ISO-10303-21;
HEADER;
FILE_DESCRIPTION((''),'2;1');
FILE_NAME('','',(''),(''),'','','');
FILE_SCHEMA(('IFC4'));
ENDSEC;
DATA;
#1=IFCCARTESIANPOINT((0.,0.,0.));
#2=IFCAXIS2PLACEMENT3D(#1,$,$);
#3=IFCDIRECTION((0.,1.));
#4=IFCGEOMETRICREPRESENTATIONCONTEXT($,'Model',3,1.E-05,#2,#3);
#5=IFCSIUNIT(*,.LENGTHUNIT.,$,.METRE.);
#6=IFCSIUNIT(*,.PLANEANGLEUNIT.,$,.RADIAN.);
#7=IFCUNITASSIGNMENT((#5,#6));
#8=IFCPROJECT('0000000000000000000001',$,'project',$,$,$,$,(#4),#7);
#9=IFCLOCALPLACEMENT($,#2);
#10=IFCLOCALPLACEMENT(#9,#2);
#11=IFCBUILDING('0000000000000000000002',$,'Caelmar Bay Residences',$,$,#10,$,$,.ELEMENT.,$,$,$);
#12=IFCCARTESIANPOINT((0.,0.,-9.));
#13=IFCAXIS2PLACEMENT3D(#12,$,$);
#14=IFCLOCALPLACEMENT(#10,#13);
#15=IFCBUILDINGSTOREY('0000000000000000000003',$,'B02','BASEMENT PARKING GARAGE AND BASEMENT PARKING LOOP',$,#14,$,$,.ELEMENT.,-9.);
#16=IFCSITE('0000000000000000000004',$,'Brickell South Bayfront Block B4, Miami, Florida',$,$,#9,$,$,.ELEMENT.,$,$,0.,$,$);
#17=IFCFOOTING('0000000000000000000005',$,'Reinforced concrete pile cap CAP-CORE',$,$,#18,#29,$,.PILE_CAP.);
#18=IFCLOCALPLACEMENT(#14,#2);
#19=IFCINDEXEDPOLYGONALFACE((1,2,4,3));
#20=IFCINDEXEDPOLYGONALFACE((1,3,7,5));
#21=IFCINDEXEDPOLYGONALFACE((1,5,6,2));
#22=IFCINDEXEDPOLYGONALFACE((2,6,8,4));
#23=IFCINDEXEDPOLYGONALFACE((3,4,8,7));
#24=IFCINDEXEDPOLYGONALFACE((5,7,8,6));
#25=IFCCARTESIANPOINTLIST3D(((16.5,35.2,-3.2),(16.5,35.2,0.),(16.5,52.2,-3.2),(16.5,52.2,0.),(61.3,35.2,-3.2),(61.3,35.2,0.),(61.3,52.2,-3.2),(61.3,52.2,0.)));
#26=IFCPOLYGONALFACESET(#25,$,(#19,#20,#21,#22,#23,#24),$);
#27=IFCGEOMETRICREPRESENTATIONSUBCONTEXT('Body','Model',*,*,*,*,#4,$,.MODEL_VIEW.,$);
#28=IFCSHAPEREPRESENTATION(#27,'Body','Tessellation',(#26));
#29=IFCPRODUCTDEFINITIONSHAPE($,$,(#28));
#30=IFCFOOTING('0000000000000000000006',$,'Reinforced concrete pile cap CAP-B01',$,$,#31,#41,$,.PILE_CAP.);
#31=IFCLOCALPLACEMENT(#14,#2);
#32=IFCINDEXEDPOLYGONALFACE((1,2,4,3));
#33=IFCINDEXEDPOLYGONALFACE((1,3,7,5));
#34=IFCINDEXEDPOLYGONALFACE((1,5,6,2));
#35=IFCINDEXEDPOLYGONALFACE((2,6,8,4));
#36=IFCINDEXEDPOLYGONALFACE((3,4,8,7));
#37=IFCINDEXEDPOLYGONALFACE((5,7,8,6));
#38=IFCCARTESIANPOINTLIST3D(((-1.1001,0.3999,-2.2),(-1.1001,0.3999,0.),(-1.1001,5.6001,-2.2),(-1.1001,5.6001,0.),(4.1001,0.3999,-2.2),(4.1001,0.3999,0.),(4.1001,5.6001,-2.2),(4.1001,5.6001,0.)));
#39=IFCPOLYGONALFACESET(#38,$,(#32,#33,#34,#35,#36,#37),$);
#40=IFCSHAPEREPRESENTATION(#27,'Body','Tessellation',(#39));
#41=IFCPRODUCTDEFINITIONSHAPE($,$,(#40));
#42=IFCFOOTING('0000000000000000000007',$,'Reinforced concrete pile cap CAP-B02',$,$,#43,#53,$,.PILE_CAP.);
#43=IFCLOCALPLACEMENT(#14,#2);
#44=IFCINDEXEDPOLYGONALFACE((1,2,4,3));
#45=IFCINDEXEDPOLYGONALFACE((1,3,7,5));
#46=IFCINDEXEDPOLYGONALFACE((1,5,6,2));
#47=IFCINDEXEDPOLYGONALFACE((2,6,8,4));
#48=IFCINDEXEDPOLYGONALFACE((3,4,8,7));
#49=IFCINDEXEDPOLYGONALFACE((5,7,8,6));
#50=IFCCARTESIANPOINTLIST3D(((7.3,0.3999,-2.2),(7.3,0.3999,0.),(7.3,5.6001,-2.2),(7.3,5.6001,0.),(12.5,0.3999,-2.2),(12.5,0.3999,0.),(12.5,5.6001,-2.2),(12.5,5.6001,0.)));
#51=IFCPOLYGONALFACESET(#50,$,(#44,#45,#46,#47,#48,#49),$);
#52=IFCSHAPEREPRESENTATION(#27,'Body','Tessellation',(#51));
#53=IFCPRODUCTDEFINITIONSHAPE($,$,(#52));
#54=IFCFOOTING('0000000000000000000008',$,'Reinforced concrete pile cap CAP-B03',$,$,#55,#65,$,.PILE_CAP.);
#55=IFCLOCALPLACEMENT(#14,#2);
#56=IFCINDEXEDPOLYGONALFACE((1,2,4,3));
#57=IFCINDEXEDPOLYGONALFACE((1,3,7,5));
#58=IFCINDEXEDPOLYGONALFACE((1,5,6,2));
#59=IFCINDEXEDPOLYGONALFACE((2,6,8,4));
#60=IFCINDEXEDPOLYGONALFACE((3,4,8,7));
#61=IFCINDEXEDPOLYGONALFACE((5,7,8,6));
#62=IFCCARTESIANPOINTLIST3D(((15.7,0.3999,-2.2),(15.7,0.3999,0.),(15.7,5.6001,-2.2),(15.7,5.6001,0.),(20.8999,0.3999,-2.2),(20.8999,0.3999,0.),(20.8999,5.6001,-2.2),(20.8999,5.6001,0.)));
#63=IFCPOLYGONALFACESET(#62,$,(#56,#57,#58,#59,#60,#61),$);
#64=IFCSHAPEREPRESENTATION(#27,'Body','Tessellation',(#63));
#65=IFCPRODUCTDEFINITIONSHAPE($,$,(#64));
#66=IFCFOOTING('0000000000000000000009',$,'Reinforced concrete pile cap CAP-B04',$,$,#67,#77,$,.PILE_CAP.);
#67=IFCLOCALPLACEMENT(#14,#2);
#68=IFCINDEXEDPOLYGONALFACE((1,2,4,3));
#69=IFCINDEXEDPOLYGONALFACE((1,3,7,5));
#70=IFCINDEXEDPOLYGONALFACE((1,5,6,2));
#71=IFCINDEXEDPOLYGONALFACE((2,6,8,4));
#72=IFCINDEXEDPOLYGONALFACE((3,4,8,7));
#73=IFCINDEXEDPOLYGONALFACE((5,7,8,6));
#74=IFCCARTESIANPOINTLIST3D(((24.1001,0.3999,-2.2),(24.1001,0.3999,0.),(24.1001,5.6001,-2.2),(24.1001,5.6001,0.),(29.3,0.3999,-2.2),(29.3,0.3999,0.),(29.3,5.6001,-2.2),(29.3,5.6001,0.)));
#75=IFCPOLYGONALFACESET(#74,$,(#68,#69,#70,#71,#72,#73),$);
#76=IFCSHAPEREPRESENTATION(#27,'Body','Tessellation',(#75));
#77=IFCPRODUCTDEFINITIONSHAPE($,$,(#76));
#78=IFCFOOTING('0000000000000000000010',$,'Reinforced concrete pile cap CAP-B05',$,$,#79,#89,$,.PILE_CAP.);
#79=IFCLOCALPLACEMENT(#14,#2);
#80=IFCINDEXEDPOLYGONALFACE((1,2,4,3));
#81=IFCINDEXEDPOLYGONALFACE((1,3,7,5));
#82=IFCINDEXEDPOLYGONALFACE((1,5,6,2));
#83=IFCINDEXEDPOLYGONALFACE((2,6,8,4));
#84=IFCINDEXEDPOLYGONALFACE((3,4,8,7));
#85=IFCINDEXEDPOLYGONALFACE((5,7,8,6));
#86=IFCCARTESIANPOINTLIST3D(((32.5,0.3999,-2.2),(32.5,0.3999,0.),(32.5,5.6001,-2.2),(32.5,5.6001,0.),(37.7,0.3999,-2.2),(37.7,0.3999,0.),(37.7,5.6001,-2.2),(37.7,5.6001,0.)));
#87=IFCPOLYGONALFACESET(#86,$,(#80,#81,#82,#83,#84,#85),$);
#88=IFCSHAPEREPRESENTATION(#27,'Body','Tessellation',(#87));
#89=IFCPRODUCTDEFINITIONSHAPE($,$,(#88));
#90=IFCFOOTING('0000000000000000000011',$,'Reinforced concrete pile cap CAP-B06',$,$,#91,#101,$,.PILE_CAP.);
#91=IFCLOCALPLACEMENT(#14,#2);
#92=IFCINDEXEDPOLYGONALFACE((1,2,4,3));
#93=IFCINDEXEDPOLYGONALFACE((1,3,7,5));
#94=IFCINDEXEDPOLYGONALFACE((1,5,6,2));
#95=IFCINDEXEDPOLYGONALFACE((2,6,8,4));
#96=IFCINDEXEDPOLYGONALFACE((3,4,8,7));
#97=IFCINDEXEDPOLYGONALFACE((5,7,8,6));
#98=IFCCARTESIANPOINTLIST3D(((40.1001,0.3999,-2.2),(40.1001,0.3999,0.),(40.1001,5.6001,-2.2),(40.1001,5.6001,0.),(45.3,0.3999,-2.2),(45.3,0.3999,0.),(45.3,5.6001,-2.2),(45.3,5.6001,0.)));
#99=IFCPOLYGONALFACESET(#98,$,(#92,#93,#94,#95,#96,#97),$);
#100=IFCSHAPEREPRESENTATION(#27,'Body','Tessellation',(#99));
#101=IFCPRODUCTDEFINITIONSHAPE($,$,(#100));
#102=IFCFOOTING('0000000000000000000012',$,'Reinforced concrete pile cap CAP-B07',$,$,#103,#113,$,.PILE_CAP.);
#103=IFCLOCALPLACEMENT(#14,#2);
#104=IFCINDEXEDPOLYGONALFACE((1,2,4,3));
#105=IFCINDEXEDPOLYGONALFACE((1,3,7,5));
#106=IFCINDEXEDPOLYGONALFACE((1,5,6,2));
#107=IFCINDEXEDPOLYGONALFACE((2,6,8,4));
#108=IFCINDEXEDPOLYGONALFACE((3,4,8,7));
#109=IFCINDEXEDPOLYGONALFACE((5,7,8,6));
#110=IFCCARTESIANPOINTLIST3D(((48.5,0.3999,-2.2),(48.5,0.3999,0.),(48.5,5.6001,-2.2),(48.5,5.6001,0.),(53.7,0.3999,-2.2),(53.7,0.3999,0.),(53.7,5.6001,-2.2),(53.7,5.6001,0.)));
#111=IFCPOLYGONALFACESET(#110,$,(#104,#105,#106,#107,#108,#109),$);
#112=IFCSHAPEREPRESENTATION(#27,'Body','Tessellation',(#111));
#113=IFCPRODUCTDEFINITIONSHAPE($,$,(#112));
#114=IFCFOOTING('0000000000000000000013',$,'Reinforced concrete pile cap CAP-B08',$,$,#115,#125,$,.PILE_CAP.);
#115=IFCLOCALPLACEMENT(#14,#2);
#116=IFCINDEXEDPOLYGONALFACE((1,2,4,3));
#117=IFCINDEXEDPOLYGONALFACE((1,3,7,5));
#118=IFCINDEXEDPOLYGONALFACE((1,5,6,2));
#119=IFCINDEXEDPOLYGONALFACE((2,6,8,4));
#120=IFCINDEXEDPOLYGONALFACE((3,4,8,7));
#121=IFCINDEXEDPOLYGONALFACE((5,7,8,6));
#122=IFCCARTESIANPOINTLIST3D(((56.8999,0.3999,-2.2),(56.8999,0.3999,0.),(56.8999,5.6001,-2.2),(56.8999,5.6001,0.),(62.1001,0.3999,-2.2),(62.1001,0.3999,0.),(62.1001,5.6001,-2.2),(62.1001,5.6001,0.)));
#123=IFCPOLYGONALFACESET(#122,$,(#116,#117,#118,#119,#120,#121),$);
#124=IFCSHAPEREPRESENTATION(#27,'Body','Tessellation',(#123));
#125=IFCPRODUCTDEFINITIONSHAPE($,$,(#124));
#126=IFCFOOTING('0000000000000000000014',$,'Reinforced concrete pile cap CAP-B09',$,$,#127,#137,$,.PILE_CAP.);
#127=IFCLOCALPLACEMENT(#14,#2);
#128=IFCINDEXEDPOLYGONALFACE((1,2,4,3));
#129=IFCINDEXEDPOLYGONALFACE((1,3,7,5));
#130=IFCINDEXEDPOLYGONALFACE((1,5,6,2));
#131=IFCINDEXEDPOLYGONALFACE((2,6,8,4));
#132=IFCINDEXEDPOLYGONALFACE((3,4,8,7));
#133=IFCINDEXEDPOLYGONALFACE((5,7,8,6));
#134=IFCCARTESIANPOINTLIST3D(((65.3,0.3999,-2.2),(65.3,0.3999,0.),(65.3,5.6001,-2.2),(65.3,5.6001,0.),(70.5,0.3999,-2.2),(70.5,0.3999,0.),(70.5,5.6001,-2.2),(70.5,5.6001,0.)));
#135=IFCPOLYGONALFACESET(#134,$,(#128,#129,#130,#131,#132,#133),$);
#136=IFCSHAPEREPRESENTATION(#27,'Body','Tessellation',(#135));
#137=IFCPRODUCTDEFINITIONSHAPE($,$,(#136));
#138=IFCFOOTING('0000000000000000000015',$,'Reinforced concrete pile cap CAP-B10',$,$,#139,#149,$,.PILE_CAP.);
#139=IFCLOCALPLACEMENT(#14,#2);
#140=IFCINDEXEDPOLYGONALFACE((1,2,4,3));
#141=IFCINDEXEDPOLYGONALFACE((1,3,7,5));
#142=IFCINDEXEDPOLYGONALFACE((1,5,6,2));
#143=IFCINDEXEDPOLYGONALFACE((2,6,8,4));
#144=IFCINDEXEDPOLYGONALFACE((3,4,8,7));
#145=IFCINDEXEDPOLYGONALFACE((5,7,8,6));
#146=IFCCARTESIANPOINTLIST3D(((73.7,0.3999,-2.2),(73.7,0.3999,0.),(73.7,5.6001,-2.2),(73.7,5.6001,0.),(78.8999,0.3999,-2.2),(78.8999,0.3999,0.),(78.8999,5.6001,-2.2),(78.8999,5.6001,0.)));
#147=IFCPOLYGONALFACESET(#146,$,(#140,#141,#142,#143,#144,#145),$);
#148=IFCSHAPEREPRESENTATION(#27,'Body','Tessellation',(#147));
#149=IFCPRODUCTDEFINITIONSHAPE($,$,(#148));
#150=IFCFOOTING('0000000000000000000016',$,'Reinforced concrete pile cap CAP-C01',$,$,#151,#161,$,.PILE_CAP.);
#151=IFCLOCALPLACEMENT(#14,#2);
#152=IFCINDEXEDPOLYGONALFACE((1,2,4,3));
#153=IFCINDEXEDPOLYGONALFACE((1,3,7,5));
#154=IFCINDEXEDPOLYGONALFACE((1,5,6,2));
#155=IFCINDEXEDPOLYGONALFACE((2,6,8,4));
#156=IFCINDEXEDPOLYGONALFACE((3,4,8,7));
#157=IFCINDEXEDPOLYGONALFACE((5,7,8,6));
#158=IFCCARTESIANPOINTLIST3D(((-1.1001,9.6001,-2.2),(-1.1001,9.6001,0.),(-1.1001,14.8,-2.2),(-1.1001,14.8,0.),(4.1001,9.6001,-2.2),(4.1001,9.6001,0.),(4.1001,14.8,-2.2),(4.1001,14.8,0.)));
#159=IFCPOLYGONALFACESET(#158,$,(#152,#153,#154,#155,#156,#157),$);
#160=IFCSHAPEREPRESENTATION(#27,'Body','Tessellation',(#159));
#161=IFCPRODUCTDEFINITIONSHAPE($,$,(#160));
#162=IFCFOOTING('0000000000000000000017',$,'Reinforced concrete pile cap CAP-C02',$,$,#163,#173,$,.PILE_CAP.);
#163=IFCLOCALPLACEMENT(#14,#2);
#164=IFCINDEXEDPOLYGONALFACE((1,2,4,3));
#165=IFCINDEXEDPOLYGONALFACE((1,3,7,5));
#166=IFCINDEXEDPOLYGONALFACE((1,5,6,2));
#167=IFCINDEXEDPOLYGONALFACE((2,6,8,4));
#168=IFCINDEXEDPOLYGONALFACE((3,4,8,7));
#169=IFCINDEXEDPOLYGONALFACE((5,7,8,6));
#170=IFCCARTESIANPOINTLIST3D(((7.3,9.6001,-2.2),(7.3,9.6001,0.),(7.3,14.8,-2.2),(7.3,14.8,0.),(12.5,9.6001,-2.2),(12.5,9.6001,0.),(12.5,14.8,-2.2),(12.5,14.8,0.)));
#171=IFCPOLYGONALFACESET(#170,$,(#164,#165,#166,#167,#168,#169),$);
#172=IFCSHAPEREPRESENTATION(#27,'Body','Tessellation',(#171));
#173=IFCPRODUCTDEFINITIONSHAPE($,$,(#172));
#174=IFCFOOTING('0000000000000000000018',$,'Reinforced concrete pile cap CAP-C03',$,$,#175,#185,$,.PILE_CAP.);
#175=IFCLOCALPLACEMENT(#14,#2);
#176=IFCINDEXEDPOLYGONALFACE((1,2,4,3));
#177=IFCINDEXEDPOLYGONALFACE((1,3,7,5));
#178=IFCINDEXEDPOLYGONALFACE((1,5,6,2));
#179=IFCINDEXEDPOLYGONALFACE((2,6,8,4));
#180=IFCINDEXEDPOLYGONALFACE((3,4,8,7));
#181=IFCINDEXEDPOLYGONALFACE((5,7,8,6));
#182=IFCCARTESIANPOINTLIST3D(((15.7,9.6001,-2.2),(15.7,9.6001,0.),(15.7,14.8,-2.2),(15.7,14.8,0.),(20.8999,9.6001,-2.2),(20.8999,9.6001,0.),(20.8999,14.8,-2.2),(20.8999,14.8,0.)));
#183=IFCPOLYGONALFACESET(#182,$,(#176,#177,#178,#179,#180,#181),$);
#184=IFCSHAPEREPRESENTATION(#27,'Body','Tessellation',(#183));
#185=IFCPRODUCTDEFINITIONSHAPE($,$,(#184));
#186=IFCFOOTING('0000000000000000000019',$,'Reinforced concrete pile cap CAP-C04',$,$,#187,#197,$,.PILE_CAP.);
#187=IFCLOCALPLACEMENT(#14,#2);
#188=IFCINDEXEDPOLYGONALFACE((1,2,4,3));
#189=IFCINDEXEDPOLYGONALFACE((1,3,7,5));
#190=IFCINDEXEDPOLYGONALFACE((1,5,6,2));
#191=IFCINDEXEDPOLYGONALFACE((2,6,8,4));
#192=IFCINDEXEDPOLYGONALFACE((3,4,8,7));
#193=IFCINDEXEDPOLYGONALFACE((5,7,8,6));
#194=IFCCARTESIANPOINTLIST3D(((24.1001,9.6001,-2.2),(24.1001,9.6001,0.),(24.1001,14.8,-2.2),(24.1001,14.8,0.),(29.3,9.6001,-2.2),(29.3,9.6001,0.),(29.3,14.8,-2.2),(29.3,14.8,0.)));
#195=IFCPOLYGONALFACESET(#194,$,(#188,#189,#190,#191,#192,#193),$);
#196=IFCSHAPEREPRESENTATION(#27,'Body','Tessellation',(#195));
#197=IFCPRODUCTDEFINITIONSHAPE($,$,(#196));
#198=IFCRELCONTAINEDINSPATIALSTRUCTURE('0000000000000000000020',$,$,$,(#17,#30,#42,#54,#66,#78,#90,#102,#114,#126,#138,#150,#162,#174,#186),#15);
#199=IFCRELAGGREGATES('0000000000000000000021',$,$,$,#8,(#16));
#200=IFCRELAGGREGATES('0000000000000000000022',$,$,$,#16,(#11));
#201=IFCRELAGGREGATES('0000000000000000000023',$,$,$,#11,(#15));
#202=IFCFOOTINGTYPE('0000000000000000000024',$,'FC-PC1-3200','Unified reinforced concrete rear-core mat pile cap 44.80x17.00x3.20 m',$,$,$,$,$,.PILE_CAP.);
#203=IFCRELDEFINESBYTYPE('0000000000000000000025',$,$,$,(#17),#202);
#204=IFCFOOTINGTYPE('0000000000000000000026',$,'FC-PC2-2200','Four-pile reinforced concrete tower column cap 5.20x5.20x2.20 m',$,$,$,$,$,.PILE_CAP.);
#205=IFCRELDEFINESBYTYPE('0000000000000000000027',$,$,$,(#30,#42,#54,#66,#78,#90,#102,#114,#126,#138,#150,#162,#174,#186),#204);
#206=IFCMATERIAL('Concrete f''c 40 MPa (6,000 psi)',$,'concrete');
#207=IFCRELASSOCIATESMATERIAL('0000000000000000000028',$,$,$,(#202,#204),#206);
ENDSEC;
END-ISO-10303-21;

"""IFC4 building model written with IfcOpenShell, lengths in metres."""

from ifc_helpers import new_model, si_unit, direction, frame, origin, place, context, subcontext, project, spatial, polyline, outline, extrude, material, type_object, element, save


model = new_model("IFC4")

# Units and contexts
model_context = context("Model", 3, precision=1e-05, world=origin(), true_north=direction((0.0, 1.0)))
body_context = subcontext(model_context, "Body", "Model", "MODEL_VIEW")
ifc_project = project(units=[si_unit("LENGTHUNIT", "METRE"), si_unit("PLANEANGLEUNIT", "RADIAN")], contexts=[model_context])

# Site, building, storey
site_placement = place(None, origin())
site = spatial("IfcSite", under=ifc_project, at=site_placement, Name="Brickell South Bayfront Block B4, Miami, Florida", CompositionType="ELEMENT", RefElevation=0.0)
building_placement = place(site_placement, origin())
building = spatial("IfcBuilding", under=site, at=building_placement, Name="Caelmar Bay Residences", CompositionType="ELEMENT")
storey_placement = place(building_placement, frame((0.0, 0.0, -9.0)))
storey = spatial("IfcBuildingStorey", under=building, at=storey_placement, Name="B02", Description="BASEMENT PARKING GARAGE AND BASEMENT PARKING LOOP", CompositionType="ELEMENT", Elevation=-9.0)

# Footings
ifc_material = material(Name="Concrete f'c 40 MPa (6,000 psi)", Category="concrete")
footing_type_1 = type_object("IfcFootingType", Name="FC-PC1-3200", Description="Unified reinforced concrete rear-core mat pile cap 44.80x17.00x3.20 m", PredefinedType="PILE_CAP", material=ifc_material)
footing_1_placement = place(storey_placement, frame((0.0, 0.0, -3.2)))
element("IfcFooting", 1, at=footing_1_placement, inside=storey, type_object=footing_type_1, Name="Reinforced concrete pile cap CAP-CORE", PredefinedType="PILE_CAP", context=body_context, shape_type="SweptSolid", body=[
    extrude(outline(polyline([(16.5, 35.2), (61.3, 35.2), (61.3, 52.2), (16.5, 52.2), (16.5, 35.2)])), origin(), (0.0, 0.0, 1.0), 3.2),
])
footing_type_2 = type_object("IfcFootingType", Name="FC-PC2-2200", Description="Four-pile reinforced concrete tower column cap 5.20x5.20x2.20 m", PredefinedType="PILE_CAP", material=ifc_material)
footing_2_placement = place(storey_placement, frame((0.0, 0.0, -2.2)))
element("IfcFooting", 2, at=footing_2_placement, inside=storey, type_object=footing_type_2, Name="Reinforced concrete pile cap CAP-B01", PredefinedType="PILE_CAP", context=body_context, shape_type="SweptSolid", body=[
    extrude(outline(polyline([(-1.1001, 0.3999), (4.1001, 0.3999), (4.1001, 5.6001), (-1.1001, 5.6001), (-1.1001, 0.3999)])), origin(), (0.0, 0.0, 1.0), 2.2),
])
footing_3_placement = place(storey_placement, frame((0.0, 0.0, -2.2)))
element("IfcFooting", 3, at=footing_3_placement, inside=storey, type_object=footing_type_2, Name="Reinforced concrete pile cap CAP-B02", PredefinedType="PILE_CAP", context=body_context, shape_type="SweptSolid", body=[
    extrude(outline(polyline([(7.3, 0.3999), (12.5, 0.3999), (12.5, 5.6001), (7.3, 5.6001), (7.3, 0.3999)])), origin(), (0.0, 0.0, 1.0), 2.2),
])
footing_4_placement = place(storey_placement, frame((0.0, 0.0, -2.2)))
element("IfcFooting", 4, at=footing_4_placement, inside=storey, type_object=footing_type_2, Name="Reinforced concrete pile cap CAP-B03", PredefinedType="PILE_CAP", context=body_context, shape_type="SweptSolid", body=[
    extrude(outline(polyline([(15.7, 0.3999), (20.8999, 0.3999), (20.8999, 5.6001), (15.7, 5.6001), (15.7, 0.3999)])), origin(), (0.0, 0.0, 1.0), 2.2),
])
footing_5_placement = place(storey_placement, frame((0.0, 0.0, -2.2)))
element("IfcFooting", 5, at=footing_5_placement, inside=storey, type_object=footing_type_2, Name="Reinforced concrete pile cap CAP-B04", PredefinedType="PILE_CAP", context=body_context, shape_type="SweptSolid", body=[
    extrude(outline(polyline([(24.1001, 0.3999), (29.3, 0.3999), (29.3, 5.6001), (24.1001, 5.6001), (24.1001, 0.3999)])), origin(), (0.0, 0.0, 1.0), 2.2),
])
footing_6_placement = place(storey_placement, frame((0.0, 0.0, -2.2)))
element("IfcFooting", 6, at=footing_6_placement, inside=storey, type_object=footing_type_2, Name="Reinforced concrete pile cap CAP-B05", PredefinedType="PILE_CAP", context=body_context, shape_type="SweptSolid", body=[
    extrude(outline(polyline([(32.5, 0.3999), (37.7, 0.3999), (37.7, 5.6001), (32.5, 5.6001), (32.5, 0.3999)])), origin(), (0.0, 0.0, 1.0), 2.2),
])
footing_7_placement = place(storey_placement, frame((0.0, 0.0, -2.2)))
element("IfcFooting", 7, at=footing_7_placement, inside=storey, type_object=footing_type_2, Name="Reinforced concrete pile cap CAP-B06", PredefinedType="PILE_CAP", context=body_context, shape_type="SweptSolid", body=[
    extrude(outline(polyline([(40.1001, 0.3999), (45.3, 0.3999), (45.3, 5.6001), (40.1001, 5.6001), (40.1001, 0.3999)])), origin(), (0.0, 0.0, 1.0), 2.2),
])
footing_8_placement = place(storey_placement, frame((0.0, 0.0, -2.2)))
element("IfcFooting", 8, at=footing_8_placement, inside=storey, type_object=footing_type_2, Name="Reinforced concrete pile cap CAP-B07", PredefinedType="PILE_CAP", context=body_context, shape_type="SweptSolid", body=[
    extrude(outline(polyline([(48.5, 0.3999), (53.7, 0.3999), (53.7, 5.6001), (48.5, 5.6001), (48.5, 0.3999)])), origin(), (0.0, 0.0, 1.0), 2.2),
])
footing_9_placement = place(storey_placement, frame((0.0, 0.0, -2.2)))
element("IfcFooting", 9, at=footing_9_placement, inside=storey, type_object=footing_type_2, Name="Reinforced concrete pile cap CAP-B08", PredefinedType="PILE_CAP", context=body_context, shape_type="SweptSolid", body=[
    extrude(outline(polyline([(56.8999, 0.3999), (62.1001, 0.3999), (62.1001, 5.6001), (56.8999, 5.6001), (56.8999, 0.3999)])), origin(), (0.0, 0.0, 1.0), 2.2),
])
footing_10_placement = place(storey_placement, frame((0.0, 0.0, -2.2)))
element("IfcFooting", 10, at=footing_10_placement, inside=storey, type_object=footing_type_2, Name="Reinforced concrete pile cap CAP-B09", PredefinedType="PILE_CAP", context=body_context, shape_type="SweptSolid", body=[
    extrude(outline(polyline([(65.3, 0.3999), (70.5, 0.3999), (70.5, 5.6001), (65.3, 5.6001), (65.3, 0.3999)])), origin(), (0.0, 0.0, 1.0), 2.2),
])
footing_11_placement = place(storey_placement, frame((0.0, 0.0, -2.2)))
element("IfcFooting", 11, at=footing_11_placement, inside=storey, type_object=footing_type_2, Name="Reinforced concrete pile cap CAP-B10", PredefinedType="PILE_CAP", context=body_context, shape_type="SweptSolid", body=[
    extrude(outline(polyline([(73.7, 0.3999), (78.8999, 0.3999), (78.8999, 5.6001), (73.7, 5.6001), (73.7, 0.3999)])), origin(), (0.0, 0.0, 1.0), 2.2),
])
footing_12_placement = place(storey_placement, frame((0.0, 0.0, -2.2)))
element("IfcFooting", 12, at=footing_12_placement, inside=storey, type_object=footing_type_2, Name="Reinforced concrete pile cap CAP-C01", PredefinedType="PILE_CAP", context=body_context, shape_type="SweptSolid", body=[
    extrude(outline(polyline([(-1.1001, 9.6001), (4.1001, 9.6001), (4.1001, 14.8), (-1.1001, 14.8), (-1.1001, 9.6001)])), origin(), (0.0, 0.0, 1.0), 2.2),
])
footing_13_placement = place(storey_placement, frame((0.0, 0.0, -2.2)))
element("IfcFooting", 13, at=footing_13_placement, inside=storey, type_object=footing_type_2, Name="Reinforced concrete pile cap CAP-C02", PredefinedType="PILE_CAP", context=body_context, shape_type="SweptSolid", body=[
    extrude(outline(polyline([(7.3, 9.6001), (12.5, 9.6001), (12.5, 14.8), (7.3, 14.8), (7.3, 9.6001)])), origin(), (0.0, 0.0, 1.0), 2.2),
])
footing_14_placement = place(storey_placement, frame((0.0, 0.0, -2.2)))
element("IfcFooting", 14, at=footing_14_placement, inside=storey, type_object=footing_type_2, Name="Reinforced concrete pile cap CAP-C03", PredefinedType="PILE_CAP", context=body_context, shape_type="SweptSolid", body=[
    extrude(outline(polyline([(15.7, 9.6001), (20.8999, 9.6001), (20.8999, 14.8), (15.7, 14.8), (15.7, 9.6001)])), origin(), (0.0, 0.0, 1.0), 2.2),
])
footing_15_placement = place(storey_placement, frame((0.0, 0.0, -2.2)))
element("IfcFooting", 15, at=footing_15_placement, inside=storey, type_object=footing_type_2, Name="Reinforced concrete pile cap CAP-C04", PredefinedType="PILE_CAP", context=body_context, shape_type="SweptSolid", body=[
    extrude(outline(polyline([(24.1001, 9.6001), (29.3, 9.6001), (29.3, 14.8), (24.1001, 14.8), (24.1001, 9.6001)])), origin(), (0.0, 0.0, 1.0), 2.2),
])

save(model, "model.ifc")
